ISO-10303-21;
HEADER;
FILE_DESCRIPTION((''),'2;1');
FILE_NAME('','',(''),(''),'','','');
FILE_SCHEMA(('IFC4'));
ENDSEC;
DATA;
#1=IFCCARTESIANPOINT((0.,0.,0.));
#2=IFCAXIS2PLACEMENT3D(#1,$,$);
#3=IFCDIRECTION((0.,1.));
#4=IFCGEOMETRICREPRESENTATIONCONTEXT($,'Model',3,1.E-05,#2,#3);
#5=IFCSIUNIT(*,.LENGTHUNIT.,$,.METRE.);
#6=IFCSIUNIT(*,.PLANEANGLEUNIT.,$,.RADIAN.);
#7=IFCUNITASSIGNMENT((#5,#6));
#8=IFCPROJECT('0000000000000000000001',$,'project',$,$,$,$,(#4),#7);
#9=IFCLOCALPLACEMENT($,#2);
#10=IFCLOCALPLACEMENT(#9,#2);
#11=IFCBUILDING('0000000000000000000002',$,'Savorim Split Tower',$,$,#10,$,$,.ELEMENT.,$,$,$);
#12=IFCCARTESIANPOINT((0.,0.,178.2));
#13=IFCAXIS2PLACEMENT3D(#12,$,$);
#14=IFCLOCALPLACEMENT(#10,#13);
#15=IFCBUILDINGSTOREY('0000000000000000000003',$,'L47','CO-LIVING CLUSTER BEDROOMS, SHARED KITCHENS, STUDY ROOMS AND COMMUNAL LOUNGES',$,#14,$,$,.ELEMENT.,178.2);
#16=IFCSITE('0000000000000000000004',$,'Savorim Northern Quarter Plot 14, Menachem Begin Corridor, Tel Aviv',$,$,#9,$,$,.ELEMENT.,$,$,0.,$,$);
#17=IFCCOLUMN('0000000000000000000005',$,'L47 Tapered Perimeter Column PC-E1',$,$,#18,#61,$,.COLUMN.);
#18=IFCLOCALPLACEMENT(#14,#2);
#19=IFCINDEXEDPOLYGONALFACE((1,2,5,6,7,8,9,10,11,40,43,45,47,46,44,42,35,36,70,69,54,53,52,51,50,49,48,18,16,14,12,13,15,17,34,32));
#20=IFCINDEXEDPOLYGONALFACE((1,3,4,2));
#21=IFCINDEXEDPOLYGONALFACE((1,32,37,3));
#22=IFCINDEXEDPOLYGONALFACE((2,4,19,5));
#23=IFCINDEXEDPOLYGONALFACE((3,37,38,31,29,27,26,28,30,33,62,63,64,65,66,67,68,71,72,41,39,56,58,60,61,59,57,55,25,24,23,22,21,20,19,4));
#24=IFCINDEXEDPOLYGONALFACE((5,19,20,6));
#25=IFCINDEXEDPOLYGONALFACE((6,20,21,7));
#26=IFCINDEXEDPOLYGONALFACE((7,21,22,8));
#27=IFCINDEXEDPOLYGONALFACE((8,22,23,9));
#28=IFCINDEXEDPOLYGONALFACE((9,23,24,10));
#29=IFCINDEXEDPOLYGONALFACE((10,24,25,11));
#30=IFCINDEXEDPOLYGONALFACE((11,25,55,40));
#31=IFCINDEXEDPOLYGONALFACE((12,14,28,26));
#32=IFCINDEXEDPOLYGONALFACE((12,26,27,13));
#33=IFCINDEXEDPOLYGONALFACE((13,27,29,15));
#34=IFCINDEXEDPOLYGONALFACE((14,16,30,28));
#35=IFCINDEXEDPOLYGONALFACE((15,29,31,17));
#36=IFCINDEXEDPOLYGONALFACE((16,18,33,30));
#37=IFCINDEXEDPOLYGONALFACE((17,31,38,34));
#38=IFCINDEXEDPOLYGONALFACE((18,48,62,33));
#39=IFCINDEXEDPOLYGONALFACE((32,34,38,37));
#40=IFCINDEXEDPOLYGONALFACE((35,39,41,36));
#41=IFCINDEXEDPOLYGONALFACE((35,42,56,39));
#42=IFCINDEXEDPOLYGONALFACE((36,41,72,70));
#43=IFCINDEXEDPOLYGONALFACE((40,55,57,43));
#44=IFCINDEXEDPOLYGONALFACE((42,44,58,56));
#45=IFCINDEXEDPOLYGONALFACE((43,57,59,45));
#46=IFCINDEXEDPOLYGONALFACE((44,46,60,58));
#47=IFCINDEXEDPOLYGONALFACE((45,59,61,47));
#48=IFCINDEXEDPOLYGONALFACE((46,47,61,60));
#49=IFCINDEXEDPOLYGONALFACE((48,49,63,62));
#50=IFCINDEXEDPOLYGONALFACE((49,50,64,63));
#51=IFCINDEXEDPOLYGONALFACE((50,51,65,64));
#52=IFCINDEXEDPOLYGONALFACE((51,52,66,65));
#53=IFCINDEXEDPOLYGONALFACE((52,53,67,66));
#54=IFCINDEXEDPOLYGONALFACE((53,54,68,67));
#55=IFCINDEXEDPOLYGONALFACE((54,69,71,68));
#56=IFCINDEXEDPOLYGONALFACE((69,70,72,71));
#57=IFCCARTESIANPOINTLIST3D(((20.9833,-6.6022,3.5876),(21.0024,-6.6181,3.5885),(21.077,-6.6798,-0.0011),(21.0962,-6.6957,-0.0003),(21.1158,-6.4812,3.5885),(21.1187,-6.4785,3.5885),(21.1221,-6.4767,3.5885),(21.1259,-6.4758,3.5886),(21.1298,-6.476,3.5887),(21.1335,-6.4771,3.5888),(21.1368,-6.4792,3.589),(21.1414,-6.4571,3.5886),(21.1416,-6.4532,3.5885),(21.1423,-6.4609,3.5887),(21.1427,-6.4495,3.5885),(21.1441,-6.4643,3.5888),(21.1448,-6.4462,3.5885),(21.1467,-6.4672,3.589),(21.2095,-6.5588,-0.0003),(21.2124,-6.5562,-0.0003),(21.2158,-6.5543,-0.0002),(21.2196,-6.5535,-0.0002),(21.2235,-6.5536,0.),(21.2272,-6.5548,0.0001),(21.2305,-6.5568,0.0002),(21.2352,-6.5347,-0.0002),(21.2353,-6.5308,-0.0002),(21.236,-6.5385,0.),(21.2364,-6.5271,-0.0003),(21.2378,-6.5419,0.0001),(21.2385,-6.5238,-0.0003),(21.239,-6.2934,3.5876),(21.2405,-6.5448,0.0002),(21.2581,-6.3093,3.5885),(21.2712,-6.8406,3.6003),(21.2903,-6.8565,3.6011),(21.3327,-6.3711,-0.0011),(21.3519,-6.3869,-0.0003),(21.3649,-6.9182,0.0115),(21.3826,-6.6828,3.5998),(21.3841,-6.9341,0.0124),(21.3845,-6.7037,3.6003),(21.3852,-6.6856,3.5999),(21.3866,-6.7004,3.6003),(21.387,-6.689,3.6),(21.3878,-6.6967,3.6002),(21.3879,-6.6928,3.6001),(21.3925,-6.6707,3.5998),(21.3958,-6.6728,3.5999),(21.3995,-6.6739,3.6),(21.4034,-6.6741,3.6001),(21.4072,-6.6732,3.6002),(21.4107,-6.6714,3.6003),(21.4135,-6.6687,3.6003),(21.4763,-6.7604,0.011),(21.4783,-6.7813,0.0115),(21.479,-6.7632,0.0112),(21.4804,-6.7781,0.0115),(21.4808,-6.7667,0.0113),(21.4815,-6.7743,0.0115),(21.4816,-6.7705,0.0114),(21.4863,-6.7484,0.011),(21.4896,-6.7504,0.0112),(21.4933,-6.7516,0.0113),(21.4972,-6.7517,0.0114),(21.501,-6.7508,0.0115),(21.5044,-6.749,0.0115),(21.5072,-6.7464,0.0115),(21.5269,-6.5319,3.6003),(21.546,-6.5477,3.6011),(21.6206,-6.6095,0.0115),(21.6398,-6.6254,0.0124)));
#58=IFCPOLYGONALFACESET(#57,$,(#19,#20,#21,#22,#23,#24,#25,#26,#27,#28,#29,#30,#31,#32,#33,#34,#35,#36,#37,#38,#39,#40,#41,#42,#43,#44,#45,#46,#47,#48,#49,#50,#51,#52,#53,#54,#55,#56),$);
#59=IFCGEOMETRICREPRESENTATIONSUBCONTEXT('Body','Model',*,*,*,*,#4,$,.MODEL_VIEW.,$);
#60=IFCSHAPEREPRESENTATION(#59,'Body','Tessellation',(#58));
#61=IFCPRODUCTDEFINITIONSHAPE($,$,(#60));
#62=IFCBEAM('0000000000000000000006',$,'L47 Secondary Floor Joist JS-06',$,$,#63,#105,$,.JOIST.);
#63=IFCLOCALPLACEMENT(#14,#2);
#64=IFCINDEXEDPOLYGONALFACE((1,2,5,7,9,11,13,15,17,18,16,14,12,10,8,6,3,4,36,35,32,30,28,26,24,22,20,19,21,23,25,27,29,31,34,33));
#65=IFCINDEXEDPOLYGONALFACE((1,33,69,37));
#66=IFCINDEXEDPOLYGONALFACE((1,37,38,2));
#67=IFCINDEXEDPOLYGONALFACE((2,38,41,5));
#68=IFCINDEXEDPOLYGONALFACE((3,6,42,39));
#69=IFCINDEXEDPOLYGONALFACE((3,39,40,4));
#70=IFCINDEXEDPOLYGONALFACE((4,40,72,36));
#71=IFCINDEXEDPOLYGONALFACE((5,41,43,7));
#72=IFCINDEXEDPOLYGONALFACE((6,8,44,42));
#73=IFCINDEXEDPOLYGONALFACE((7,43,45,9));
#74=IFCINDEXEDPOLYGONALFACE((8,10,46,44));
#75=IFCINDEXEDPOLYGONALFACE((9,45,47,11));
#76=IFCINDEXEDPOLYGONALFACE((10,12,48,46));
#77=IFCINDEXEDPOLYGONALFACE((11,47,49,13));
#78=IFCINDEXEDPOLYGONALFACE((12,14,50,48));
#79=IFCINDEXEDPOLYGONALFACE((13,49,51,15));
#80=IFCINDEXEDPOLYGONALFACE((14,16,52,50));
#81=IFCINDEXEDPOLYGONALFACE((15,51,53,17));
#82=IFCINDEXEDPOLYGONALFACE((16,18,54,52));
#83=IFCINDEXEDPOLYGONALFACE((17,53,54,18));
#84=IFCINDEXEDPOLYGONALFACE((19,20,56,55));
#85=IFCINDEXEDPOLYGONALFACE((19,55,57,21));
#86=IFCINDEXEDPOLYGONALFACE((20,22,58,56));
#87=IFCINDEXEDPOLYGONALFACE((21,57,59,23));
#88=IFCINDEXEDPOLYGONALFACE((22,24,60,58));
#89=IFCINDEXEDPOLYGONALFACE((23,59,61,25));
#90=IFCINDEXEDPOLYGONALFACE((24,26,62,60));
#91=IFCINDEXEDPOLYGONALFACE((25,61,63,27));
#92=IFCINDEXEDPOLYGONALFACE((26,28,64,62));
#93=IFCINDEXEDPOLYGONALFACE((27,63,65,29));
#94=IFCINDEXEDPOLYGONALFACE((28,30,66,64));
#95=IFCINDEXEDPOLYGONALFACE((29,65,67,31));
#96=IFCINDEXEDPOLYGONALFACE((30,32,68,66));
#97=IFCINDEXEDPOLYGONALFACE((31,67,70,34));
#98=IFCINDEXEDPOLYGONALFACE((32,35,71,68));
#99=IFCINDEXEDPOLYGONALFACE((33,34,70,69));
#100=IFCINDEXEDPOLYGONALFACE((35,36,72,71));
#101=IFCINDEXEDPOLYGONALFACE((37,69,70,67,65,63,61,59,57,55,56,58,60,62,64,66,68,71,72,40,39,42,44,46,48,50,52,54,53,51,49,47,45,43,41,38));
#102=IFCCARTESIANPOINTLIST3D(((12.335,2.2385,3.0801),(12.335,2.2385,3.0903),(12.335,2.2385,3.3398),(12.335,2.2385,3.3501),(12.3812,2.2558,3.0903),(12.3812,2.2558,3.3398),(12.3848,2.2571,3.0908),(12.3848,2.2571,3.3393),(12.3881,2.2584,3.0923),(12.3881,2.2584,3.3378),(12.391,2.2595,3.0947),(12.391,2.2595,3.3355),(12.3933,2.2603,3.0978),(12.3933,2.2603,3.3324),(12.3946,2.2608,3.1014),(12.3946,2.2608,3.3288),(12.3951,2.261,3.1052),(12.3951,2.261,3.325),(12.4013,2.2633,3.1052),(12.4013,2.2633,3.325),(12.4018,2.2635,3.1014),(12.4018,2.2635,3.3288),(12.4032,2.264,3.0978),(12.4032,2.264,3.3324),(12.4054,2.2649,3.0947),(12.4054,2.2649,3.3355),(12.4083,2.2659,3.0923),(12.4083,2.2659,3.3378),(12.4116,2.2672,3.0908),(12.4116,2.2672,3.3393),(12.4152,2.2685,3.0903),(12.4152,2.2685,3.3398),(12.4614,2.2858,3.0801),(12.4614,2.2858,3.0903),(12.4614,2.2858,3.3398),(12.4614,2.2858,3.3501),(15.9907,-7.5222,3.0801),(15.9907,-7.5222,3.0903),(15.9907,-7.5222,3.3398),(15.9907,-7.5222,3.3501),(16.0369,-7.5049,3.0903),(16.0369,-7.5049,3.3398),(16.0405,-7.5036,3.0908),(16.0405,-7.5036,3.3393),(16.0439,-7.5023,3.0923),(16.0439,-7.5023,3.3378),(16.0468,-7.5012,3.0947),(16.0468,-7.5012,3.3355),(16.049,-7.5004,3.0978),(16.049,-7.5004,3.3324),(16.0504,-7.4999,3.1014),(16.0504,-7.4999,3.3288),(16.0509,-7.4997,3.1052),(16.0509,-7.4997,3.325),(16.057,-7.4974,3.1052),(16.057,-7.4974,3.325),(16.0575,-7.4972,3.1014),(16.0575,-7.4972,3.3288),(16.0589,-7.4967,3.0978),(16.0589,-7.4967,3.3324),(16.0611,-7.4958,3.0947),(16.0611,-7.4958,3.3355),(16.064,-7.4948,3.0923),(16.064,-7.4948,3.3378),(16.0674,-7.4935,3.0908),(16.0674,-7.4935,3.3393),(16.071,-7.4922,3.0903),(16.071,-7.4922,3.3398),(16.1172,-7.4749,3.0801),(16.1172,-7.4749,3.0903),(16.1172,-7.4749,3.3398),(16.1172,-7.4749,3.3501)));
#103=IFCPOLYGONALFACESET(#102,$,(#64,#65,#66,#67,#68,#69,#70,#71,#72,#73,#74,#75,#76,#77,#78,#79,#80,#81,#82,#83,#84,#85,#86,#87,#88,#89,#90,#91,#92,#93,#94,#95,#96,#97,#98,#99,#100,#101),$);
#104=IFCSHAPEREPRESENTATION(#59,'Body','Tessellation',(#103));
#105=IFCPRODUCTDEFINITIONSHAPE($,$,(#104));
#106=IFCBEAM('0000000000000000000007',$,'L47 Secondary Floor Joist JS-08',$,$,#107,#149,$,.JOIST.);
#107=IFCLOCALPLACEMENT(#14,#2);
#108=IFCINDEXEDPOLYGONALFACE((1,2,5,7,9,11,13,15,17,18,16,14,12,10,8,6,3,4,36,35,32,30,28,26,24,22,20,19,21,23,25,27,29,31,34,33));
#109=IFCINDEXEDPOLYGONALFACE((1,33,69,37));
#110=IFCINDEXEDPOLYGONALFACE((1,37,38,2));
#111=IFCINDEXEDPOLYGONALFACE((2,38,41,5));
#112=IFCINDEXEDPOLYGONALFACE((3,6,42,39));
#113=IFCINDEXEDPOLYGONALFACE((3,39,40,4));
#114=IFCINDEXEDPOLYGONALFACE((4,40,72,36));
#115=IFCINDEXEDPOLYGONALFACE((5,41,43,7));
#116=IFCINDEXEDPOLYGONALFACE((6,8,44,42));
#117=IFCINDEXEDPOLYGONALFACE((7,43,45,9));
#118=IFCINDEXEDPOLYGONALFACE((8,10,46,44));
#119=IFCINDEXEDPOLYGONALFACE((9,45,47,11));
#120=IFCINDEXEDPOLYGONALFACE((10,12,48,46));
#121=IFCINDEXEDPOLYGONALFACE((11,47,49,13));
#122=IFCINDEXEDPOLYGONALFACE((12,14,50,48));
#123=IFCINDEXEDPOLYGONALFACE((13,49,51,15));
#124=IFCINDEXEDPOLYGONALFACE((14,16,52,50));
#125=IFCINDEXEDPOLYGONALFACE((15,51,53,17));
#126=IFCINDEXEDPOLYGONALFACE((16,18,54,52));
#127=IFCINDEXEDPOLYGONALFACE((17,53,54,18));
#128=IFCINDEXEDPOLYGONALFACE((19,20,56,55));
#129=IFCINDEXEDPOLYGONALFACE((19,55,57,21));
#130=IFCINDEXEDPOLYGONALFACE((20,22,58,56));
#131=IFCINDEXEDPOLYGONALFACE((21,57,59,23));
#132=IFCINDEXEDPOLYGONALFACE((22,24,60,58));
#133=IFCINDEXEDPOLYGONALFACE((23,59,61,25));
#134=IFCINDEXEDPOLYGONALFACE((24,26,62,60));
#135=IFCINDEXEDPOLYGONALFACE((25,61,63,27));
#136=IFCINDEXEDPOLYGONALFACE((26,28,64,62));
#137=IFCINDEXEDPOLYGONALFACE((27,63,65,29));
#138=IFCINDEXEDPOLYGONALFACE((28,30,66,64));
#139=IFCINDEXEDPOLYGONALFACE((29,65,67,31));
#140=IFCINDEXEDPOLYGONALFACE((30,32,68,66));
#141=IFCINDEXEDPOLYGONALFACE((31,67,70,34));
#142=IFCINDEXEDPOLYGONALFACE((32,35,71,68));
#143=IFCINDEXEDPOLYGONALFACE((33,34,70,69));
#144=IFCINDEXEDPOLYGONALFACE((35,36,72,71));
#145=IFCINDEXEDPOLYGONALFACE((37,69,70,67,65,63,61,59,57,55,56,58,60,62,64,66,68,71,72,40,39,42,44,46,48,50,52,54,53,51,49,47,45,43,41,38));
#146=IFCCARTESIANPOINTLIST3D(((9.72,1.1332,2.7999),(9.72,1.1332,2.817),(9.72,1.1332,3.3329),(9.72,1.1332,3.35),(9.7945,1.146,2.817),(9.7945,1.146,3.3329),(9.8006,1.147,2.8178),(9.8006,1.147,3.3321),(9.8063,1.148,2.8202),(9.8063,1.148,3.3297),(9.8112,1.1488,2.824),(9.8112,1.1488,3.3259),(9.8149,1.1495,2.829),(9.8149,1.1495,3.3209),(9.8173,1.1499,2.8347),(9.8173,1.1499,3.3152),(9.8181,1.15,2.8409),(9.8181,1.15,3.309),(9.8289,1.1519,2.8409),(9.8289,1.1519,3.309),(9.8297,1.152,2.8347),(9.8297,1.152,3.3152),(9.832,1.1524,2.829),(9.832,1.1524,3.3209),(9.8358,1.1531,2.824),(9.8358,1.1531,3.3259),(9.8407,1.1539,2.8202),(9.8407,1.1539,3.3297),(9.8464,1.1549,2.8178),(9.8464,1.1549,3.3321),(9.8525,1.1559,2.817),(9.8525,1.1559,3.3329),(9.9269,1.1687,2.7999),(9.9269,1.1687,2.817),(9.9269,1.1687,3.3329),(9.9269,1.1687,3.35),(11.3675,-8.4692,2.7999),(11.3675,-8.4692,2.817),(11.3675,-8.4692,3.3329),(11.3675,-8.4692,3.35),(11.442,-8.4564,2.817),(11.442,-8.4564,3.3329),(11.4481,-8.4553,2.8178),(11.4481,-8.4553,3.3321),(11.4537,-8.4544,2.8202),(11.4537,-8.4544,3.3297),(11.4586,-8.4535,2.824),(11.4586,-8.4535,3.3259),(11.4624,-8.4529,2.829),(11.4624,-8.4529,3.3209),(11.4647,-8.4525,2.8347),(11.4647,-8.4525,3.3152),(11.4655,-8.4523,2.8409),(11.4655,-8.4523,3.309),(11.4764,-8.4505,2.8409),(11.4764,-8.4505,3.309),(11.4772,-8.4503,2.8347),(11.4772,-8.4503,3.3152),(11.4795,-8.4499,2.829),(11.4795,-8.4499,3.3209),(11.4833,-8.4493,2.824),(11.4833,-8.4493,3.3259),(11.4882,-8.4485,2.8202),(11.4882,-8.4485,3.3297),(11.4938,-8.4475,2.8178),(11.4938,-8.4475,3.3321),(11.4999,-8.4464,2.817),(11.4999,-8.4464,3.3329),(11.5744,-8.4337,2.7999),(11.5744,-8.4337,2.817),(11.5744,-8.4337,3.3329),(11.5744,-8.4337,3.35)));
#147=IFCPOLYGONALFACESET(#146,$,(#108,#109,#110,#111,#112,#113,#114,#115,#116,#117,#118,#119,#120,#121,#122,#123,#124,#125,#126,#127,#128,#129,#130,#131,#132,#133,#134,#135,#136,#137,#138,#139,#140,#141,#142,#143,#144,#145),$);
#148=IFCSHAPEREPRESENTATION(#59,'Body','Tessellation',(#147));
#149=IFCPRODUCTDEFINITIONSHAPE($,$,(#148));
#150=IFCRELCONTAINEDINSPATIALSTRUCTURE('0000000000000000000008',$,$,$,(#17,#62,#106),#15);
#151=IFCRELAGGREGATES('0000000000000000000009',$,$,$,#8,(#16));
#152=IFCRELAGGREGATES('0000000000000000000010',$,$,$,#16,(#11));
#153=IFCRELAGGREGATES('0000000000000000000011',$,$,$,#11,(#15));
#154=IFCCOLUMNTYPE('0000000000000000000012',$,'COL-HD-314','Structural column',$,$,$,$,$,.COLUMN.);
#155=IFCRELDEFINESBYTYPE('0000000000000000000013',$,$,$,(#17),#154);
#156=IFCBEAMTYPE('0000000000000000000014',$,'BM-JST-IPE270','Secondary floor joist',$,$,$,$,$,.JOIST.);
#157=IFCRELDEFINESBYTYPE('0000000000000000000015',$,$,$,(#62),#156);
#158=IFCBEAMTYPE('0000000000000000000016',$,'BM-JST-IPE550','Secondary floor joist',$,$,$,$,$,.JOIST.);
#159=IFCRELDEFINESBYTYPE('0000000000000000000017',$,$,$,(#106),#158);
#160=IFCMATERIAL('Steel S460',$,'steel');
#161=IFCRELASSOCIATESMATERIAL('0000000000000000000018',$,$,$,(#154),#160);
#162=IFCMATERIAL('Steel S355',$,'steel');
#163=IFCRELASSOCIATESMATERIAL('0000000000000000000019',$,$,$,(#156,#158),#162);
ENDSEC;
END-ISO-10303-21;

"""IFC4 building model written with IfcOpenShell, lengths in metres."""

from ifc_helpers import new_model, si_unit, direction, frame, origin, origin_2d, place, context, subcontext, project, spatial, i_section, extrude, material, material_profile, profile_set, type_object, element, save


model = new_model("IFC4")

# Units and contexts
model_context = context("Model", 3, precision=1e-05, world=origin(), true_north=direction((0.0, 1.0)))
body_context = subcontext(model_context, "Body", "Model", "MODEL_VIEW")
ifc_project = project(units=[si_unit("LENGTHUNIT", "METRE"), si_unit("PLANEANGLEUNIT", "RADIAN")], contexts=[model_context])

# Site, building, storey
site_placement = place(None, origin())
site = spatial("IfcSite", under=ifc_project, at=site_placement, Name="Savorim Northern Quarter Plot 14, Menachem Begin Corridor, Tel Aviv", CompositionType="ELEMENT", RefElevation=0.0)
building_placement = place(site_placement, origin())
building = spatial("IfcBuilding", under=site, at=building_placement, Name="Savorim Split Tower", CompositionType="ELEMENT")
storey_placement = place(building_placement, frame((0.0, 0.0, 178.2)))
storey = spatial("IfcBuildingStorey", under=building, at=storey_placement, Name="L47", Description="CO-LIVING CLUSTER BEDROOMS, SHARED KITCHENS, STUDY ROOMS AND COMMUNAL LOUNGES", CompositionType="ELEMENT", Elevation=178.2)

# Column
ifc_material_1 = material(Name="Steel S460", Category="steel")
ifc_material_profile_1 = material_profile(ifc_material_1, i_section(OverallWidth=0.4009, OverallDepth=0.3989, WebThickness=0.0156, FlangeThickness=0.0249, FilletRadius=0.0149, at=origin_2d()), Name="HD 400x314")
ifc_profile_set_1 = profile_set([ifc_material_profile_1], Name="Steel S460")
column_type = type_object("IfcColumnType", Name="COL-HD-314", Description="Structural column", PredefinedType="COLUMN", material=ifc_profile_set_1)
column_placement = place(storey_placement, frame((21.3584, -6.6526, 0.0056), z_axis=(-0.026107, 0.02162, 0.999425), x_axis=(-0.637814, -0.77019, 0.0)))
element("IfcColumn", 1, at=column_placement, inside=storey, type_object=column_type, Name="L47 Tapered Perimeter Column PC-E1", PredefinedType="COLUMN", context=body_context, shape_type="SweptSolid", body=[
    extrude(i_section(OverallWidth=0.4009, OverallDepth=0.3989, WebThickness=0.0156, FlangeThickness=0.0249, FilletRadius=0.0149, at=origin_2d()), origin(), (0.0, 0.0, 1.0), 3.5908),
])

# Beams
ifc_material_2 = material(Name="Steel S355", Category="steel")
ifc_material_profile_2 = material_profile(ifc_material_2, i_section(OverallWidth=0.135, OverallDepth=0.27, WebThickness=0.0066, FlangeThickness=0.0103, FilletRadius=0.0149, at=origin_2d()), Name="IPE 270")
ifc_profile_set_2 = profile_set([ifc_material_profile_2], Name="Steel S355")
beam_type_1 = type_object("IfcBeamType", Name="BM-JST-IPE270", Description="Secondary floor joist", PredefinedType="JOIST", material=ifc_profile_set_2)
beam_1_placement = place(storey_placement, frame((16.054, -7.4985, 3.2151), z_axis=(-0.350744, 0.936472, 0.0), x_axis=(-0.936472, -0.350744, 0.0)))
element("IfcBeam", 2, at=beam_1_placement, inside=storey, type_object=beam_type_1, Name="L47 Secondary Floor Joist JS-06", PredefinedType="JOIST", context=body_context, shape_type="SweptSolid", body=[
    extrude(i_section(OverallWidth=0.135, OverallDepth=0.27, WebThickness=0.0066, FlangeThickness=0.0103, FilletRadius=0.0149, at=origin_2d()), origin(), (0.0, 0.0, 1.0), 10.4229),
])
ifc_material_profile_3 = material_profile(ifc_material_2, i_section(OverallWidth=0.21, OverallDepth=0.55, WebThickness=0.011, FlangeThickness=0.0171, FilletRadius=0.0239, at=origin_2d()), Name="IPE 550")
ifc_profile_set_3 = profile_set([ifc_material_profile_3], Name="Steel S355")
beam_type_2 = type_object("IfcBeamType", Name="BM-JST-IPE550", Description="Secondary floor joist", PredefinedType="JOIST", material=ifc_profile_set_3)
beam_2_placement = place(storey_placement, frame((11.4709, -8.4514, 3.075), z_axis=(-0.169099, 0.985599, 0.0), x_axis=(-0.985599, -0.169099, 0.0)))
element("IfcBeam", 3, at=beam_2_placement, inside=storey, type_object=beam_type_2, Name="L47 Secondary Floor Joist JS-08", PredefinedType="JOIST", context=body_context, shape_type="SweptSolid", body=[
    extrude(i_section(OverallWidth=0.21, OverallDepth=0.55, WebThickness=0.011, FlangeThickness=0.0171, FilletRadius=0.0239, at=origin_2d()), origin(), (0.0, 0.0, 1.0), 9.7427),
])

save(model, "model.ifc")
